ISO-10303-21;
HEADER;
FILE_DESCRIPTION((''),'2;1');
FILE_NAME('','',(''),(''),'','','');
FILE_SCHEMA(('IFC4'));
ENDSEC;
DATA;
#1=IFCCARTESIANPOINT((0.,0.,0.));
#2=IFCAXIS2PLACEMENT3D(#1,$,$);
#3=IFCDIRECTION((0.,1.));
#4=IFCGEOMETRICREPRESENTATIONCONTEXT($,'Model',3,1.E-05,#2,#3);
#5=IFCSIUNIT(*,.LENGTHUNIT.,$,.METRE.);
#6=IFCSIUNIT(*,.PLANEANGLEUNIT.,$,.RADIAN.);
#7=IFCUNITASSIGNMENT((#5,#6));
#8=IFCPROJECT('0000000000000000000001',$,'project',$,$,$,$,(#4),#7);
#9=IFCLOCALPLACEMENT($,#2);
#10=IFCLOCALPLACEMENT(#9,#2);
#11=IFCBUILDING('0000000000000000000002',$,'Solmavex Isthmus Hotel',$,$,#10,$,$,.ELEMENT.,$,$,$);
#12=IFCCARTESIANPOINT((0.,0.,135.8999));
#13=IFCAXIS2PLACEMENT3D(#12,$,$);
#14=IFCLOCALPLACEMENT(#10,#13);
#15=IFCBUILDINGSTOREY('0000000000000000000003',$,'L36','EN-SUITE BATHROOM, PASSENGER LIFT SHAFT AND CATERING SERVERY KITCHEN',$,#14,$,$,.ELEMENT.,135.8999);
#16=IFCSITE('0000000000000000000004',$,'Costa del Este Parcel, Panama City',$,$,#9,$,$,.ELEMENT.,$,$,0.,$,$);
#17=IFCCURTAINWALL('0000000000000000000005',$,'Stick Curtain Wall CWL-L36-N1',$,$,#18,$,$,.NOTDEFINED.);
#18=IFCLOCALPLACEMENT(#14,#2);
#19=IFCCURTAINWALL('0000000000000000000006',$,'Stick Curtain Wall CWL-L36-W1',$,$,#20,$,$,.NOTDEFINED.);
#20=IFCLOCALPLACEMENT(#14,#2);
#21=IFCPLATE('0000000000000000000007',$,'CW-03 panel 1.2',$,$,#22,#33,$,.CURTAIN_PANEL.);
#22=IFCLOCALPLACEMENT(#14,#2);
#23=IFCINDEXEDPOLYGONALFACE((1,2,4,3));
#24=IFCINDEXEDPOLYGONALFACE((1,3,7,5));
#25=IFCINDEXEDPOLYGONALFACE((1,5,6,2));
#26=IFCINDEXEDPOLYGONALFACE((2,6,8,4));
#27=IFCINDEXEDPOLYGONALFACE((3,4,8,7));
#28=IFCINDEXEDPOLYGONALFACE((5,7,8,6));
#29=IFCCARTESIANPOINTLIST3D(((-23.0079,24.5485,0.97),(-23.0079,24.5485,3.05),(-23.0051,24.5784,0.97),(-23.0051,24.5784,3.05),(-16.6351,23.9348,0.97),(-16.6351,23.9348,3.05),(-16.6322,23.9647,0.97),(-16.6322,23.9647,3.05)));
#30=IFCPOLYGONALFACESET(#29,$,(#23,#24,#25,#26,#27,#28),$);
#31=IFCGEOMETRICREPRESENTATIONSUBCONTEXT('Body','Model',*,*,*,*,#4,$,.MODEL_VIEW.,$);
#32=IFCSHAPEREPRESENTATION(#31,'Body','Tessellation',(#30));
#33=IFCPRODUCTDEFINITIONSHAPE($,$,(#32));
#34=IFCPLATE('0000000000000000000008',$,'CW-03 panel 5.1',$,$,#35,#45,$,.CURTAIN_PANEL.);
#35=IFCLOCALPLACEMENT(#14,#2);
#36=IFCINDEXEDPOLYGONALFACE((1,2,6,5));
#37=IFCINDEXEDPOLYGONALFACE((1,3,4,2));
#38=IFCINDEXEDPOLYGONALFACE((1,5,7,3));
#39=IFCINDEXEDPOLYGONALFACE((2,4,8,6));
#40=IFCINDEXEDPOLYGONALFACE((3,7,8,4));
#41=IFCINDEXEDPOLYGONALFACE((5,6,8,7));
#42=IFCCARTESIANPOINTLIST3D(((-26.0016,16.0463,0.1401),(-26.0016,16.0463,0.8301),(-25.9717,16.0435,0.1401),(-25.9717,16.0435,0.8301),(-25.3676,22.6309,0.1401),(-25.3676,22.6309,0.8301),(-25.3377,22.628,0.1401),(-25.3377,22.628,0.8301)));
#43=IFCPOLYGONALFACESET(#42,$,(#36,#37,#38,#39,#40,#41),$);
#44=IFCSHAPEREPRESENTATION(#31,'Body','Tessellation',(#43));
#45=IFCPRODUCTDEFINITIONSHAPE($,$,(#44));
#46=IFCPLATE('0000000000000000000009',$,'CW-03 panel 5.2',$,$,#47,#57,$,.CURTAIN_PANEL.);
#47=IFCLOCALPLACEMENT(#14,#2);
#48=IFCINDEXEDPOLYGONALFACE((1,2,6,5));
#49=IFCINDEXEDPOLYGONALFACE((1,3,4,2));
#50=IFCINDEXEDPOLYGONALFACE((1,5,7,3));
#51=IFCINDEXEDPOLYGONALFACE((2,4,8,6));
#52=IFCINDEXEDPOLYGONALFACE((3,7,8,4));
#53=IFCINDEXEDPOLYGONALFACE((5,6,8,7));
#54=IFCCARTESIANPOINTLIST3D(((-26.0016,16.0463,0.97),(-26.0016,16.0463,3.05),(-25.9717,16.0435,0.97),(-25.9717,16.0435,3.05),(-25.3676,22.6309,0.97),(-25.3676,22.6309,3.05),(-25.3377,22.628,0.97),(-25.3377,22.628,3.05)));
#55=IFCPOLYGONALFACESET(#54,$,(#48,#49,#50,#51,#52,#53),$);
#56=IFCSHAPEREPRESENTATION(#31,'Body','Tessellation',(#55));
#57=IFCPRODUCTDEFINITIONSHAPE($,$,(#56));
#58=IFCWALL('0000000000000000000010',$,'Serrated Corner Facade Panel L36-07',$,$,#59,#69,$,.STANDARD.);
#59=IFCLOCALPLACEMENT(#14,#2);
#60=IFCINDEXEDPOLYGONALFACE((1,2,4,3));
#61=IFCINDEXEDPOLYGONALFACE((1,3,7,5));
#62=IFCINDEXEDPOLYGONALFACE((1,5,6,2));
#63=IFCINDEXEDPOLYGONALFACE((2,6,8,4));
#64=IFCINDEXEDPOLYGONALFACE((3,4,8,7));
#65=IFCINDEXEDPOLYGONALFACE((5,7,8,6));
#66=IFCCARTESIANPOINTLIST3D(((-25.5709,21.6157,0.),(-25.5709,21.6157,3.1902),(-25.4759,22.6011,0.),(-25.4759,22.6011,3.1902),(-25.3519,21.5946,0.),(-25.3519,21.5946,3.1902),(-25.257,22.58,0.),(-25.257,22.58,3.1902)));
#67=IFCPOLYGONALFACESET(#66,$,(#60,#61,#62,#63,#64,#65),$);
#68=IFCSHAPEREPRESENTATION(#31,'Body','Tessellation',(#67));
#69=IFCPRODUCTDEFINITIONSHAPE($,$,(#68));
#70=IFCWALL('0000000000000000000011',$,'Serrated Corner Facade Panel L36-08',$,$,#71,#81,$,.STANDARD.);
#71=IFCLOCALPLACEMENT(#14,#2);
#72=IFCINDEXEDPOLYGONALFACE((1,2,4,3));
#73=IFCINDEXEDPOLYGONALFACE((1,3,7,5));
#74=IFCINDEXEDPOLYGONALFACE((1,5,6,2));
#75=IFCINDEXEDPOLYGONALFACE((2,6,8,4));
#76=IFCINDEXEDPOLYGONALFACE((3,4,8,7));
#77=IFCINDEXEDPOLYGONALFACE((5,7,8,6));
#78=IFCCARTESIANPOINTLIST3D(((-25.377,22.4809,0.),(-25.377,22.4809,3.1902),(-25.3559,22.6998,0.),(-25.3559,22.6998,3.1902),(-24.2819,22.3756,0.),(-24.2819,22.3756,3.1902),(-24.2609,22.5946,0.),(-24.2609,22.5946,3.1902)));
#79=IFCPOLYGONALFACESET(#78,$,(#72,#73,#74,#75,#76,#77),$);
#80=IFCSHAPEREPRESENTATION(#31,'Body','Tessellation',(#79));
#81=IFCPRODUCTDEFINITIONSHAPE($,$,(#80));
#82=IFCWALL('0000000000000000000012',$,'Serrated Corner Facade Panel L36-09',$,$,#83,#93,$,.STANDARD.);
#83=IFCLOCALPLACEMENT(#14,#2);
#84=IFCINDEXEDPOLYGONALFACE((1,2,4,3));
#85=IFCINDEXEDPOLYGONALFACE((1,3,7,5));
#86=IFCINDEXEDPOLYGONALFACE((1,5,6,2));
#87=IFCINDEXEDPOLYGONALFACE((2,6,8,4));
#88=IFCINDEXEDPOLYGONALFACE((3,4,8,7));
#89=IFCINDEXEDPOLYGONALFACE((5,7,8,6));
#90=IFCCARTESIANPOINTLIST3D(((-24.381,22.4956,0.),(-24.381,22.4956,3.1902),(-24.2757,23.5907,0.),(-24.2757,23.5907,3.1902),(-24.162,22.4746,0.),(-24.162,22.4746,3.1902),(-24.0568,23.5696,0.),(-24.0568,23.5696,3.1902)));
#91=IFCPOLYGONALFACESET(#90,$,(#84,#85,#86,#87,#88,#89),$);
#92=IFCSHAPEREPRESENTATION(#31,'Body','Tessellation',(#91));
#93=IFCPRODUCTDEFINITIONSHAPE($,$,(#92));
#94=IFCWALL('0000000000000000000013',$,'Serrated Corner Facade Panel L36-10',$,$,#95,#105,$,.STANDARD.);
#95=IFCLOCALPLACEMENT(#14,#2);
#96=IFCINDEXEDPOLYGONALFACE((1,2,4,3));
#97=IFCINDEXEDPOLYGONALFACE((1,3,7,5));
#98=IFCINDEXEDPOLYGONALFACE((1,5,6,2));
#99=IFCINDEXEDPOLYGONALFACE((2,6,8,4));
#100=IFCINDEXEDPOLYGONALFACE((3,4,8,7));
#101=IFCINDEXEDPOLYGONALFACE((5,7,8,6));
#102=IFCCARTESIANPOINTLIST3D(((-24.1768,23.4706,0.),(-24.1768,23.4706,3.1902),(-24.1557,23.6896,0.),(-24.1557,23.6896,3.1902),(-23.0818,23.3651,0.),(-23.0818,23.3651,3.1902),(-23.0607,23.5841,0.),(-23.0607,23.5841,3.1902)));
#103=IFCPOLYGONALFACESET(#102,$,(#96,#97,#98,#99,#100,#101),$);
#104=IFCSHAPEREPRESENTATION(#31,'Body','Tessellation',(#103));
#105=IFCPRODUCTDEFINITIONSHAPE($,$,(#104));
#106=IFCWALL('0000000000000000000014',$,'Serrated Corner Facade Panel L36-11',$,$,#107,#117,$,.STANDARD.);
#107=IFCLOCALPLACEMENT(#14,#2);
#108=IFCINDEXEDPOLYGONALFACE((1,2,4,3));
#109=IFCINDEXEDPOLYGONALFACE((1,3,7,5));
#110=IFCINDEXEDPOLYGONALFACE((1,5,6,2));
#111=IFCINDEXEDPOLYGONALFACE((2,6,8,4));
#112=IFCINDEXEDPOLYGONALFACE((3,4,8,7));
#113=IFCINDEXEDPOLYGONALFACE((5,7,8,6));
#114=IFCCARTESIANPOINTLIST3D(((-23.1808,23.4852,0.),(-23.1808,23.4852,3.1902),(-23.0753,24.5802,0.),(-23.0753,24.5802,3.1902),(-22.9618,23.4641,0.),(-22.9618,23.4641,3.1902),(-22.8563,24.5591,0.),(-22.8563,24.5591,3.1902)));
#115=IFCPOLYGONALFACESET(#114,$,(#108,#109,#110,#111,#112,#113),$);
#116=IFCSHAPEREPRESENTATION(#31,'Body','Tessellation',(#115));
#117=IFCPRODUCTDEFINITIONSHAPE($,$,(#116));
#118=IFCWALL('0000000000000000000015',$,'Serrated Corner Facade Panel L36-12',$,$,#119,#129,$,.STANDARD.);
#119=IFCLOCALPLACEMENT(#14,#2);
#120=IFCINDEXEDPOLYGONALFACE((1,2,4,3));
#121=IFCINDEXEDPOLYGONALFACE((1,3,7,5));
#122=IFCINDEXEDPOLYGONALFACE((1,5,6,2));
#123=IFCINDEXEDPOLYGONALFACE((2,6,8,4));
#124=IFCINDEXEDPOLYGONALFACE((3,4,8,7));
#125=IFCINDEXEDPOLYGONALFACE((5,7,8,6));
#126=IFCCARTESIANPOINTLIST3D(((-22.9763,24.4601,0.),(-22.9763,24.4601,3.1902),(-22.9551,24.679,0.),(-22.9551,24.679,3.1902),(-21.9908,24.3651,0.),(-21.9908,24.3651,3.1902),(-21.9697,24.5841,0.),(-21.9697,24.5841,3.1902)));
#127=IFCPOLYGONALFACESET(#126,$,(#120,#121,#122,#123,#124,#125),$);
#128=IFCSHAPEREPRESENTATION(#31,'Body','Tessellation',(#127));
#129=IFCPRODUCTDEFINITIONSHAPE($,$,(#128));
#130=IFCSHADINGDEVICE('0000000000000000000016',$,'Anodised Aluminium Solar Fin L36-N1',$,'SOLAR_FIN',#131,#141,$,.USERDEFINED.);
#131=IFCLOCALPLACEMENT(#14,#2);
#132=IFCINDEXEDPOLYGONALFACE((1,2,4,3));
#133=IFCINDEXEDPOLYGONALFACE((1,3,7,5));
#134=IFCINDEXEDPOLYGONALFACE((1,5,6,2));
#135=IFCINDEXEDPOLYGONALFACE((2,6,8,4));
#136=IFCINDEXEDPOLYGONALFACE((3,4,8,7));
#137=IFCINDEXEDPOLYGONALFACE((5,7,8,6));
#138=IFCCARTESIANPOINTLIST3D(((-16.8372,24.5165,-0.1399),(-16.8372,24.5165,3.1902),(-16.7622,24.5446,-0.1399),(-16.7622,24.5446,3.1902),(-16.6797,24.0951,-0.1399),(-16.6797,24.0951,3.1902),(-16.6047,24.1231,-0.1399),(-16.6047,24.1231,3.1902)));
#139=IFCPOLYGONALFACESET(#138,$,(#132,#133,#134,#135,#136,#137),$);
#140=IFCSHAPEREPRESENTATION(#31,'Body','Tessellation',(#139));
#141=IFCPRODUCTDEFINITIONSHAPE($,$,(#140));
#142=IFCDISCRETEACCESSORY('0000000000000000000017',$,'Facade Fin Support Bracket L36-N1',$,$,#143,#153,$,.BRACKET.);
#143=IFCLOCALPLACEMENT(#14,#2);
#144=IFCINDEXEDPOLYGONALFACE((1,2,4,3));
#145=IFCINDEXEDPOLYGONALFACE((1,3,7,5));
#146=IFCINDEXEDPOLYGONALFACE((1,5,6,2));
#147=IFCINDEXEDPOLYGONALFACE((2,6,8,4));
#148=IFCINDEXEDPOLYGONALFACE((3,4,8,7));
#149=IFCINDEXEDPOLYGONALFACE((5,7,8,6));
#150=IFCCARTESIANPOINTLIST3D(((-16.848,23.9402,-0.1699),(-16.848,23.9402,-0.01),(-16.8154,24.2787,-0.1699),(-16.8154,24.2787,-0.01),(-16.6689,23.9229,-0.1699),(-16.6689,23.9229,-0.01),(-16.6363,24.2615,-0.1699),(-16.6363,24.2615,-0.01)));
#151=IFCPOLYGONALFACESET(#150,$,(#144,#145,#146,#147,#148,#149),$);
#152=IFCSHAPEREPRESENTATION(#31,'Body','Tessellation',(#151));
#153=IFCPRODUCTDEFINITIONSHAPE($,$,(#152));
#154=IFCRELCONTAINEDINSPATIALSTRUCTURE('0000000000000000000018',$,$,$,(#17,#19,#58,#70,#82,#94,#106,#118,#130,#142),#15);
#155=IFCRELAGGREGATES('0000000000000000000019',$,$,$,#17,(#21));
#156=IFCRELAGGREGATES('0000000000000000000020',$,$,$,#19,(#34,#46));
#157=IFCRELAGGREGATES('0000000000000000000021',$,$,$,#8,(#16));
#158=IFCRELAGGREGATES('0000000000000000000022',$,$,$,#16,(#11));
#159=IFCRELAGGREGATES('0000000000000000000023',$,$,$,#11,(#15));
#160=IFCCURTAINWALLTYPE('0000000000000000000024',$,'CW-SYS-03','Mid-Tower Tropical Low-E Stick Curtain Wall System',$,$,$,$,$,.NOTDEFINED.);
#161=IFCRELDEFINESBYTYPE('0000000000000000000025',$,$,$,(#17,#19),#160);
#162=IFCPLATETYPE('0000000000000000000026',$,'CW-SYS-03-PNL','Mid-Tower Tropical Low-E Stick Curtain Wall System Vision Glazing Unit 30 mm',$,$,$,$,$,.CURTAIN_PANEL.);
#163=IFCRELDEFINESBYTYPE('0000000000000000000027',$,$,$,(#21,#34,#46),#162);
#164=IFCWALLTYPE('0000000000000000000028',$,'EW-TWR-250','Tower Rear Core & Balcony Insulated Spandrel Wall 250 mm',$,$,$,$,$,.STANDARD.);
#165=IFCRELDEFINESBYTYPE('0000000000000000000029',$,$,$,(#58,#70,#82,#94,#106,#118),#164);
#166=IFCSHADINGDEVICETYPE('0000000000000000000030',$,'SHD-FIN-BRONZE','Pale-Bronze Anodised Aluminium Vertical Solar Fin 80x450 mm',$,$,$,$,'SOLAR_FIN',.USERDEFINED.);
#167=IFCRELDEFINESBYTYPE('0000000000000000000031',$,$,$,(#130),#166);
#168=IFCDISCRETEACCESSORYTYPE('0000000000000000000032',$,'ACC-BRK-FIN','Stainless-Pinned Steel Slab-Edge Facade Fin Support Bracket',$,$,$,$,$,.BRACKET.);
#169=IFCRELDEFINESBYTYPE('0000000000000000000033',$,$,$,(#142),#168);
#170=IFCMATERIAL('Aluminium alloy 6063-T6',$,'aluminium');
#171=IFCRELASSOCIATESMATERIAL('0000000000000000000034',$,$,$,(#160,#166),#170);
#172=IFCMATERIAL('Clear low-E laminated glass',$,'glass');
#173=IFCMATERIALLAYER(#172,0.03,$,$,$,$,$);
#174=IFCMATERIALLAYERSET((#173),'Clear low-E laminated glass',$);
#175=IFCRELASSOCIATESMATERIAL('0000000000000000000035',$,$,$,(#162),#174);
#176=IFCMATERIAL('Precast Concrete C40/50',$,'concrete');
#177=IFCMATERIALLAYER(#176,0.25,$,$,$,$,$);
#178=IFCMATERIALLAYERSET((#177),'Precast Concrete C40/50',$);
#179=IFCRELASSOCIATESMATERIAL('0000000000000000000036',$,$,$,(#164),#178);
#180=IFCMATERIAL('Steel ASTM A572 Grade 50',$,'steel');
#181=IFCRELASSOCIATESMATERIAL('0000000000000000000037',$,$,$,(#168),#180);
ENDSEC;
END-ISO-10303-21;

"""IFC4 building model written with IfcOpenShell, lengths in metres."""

from ifc_helpers import new_model, si_unit, direction, frame, frame_2d, origin, origin_2d, place, context, subcontext, project, spatial, rectangle, extrude, material, layer, layer_set, type_object, element, aggregate, save


model = new_model("IFC4")

# Units and contexts
model_context = context("Model", 3, precision=1e-05, world=origin(), true_north=direction((0.0, 1.0)))
body_context = subcontext(model_context, "Body", "Model", "MODEL_VIEW")
ifc_project = project(units=[si_unit("LENGTHUNIT", "METRE"), si_unit("PLANEANGLEUNIT", "RADIAN")], contexts=[model_context])

# Site, building, storey
site_placement = place(None, origin())
site = spatial("IfcSite", under=ifc_project, at=site_placement, Name="Costa del Este Parcel, Panama City", CompositionType="ELEMENT", RefElevation=0.0)
building_placement = place(site_placement, origin())
building = spatial("IfcBuilding", under=site, at=building_placement, Name="Solmavex Isthmus Hotel", CompositionType="ELEMENT")
storey_placement = place(building_placement, frame((0.0, 0.0, 135.8999)))
storey = spatial("IfcBuildingStorey", under=building, at=storey_placement, Name="L36", Description="EN-SUITE BATHROOM, PASSENGER LIFT SHAFT AND CATERING SERVERY KITCHEN", CompositionType="ELEMENT", Elevation=135.8999)

# Shared definitions
ifc_material_1 = material(Name="Steel ASTM A572 Grade 50", Category="steel")

# Curtain walls
ifc_material_2 = material(Name="Aluminium alloy 6063-T6", Category="aluminium")
curtain_wall_type = type_object("IfcCurtainWallType", Name="CW-SYS-03", Description="Mid-Tower Tropical Low-E Stick Curtain Wall System", PredefinedType="NOTDEFINED", material=ifc_material_2)
curtain_wall_1_placement = place(storey_placement, origin())
curtain_wall_1 = element("IfcCurtainWall", 1, at=curtain_wall_1_placement, inside=storey, type_object=curtain_wall_type, Name="Stick Curtain Wall CWL-L36-N1", PredefinedType="NOTDEFINED")
curtain_wall_2_placement = place(storey_placement, origin())
curtain_wall_2 = element("IfcCurtainWall", 2, at=curtain_wall_2_placement, inside=storey, type_object=curtain_wall_type, Name="Stick Curtain Wall CWL-L36-W1", PredefinedType="NOTDEFINED")

# Plates
ifc_material_3 = material(Name="Clear low-E laminated glass", Category="glass")
ifc_layer_1 = layer(ifc_material_3, 0.03)
ifc_layer_set_1 = layer_set([ifc_layer_1], Name="Clear low-E laminated glass")
plate_type = type_object("IfcPlateType", Name="CW-SYS-03-PNL", Description="Mid-Tower Tropical Low-E Stick Curtain Wall System Vision Glazing Unit 30 mm", PredefinedType="CURTAIN_PANEL", material=ifc_layer_set_1)
plate_1_placement = place(storey_placement, frame((-19.8201, 24.2566, 0.97), z_axis=(0.0, 0.0, 1.0), x_axis=(0.995396, -0.095846, 0.0)))
plate_1 = element("IfcPlate", 3, at=plate_1_placement, type_object=plate_type, Name="CW-03 panel 1.2", PredefinedType="CURTAIN_PANEL", context=body_context, shape_type="SweptSolid", body=[
    extrude(rectangle(XDim=6.4023, YDim=0.03, at=origin_2d()), origin(), (0.0, 0.0, 1.0), 2.0801),
])
aggregate(curtain_wall_1, [plate_1])
plate_2_placement = place(storey_placement, frame((-25.6697, 19.3372, 0.1401), z_axis=(0.0, 0.0, 1.0), x_axis=(0.095846, 0.995396, 0.0)))
plate_2 = element("IfcPlate", 4, at=plate_2_placement, type_object=plate_type, Name="CW-03 panel 5.1", PredefinedType="CURTAIN_PANEL", context=body_context, shape_type="SweptSolid", body=[
    extrude(rectangle(XDim=6.615, YDim=0.03, at=origin_2d()), origin(), (0.0, 0.0, 1.0), 0.6899),
])
plate_3_placement = place(storey_placement, frame((-25.6697, 19.3372, 0.97), z_axis=(0.0, 0.0, 1.0), x_axis=(0.095846, 0.995396, 0.0)))
plate_3 = element("IfcPlate", 5, at=plate_3_placement, type_object=plate_type, Name="CW-03 panel 5.2", PredefinedType="CURTAIN_PANEL", context=body_context, shape_type="SweptSolid", body=[
    extrude(rectangle(XDim=6.615, YDim=0.03, at=origin_2d()), origin(), (0.0, 0.0, 1.0), 2.0801),
])
aggregate(curtain_wall_2, [plate_2, plate_3])

# Walls
ifc_material_4 = material(Name="Precast Concrete C40/50", Category="concrete")
ifc_layer_2 = layer(ifc_material_4, 0.25)
ifc_layer_set_2 = layer_set([ifc_layer_2], Name="Precast Concrete C40/50")
wall_type = type_object("IfcWallType", Name="EW-TWR-250", Description="Tower Rear Core & Balcony Insulated Spandrel Wall 250 mm", PredefinedType="STANDARD", material=ifc_layer_set_2)
wall_1_placement = place(storey_placement, frame((-25.4614, 21.605, 0.0), z_axis=(0.0, 0.0, 1.0), x_axis=(0.095938, 0.995387, 0.0)))
element("IfcWall", 6, at=wall_1_placement, inside=storey, type_object=wall_type, Name="Serrated Corner Facade Panel L36-07", PredefinedType="STANDARD", context=body_context, shape_type="SweptSolid", body=[
    extrude(rectangle(XDim=0.99, YDim=0.22, at=frame_2d((0.4951, 0.0))), origin(), (0.0, 0.0, 1.0), 3.1902),
])
for number, where, z_axis, x_axis, name in (
    (7, (-25.3665, 22.5903, 0.0), (0.0, 0.0, 1.0), (0.995414, -0.095657, 0.0), "Serrated Corner Facade Panel L36-08"),
    (8, (-24.2715, 22.4851, 0.0), (0.0, 0.0, 1.0), (0.095657, 0.995414, 0.0), "Serrated Corner Facade Panel L36-09"),
    (9, (-24.1663, 23.5801, 0.0), (0.0, 0.0, 1.0), (0.995393, -0.095877, 0.0), "Serrated Corner Facade Panel L36-10"),
    (10, (-23.0713, 23.4746, 0.0), (0.0, 0.0, 1.0), (0.095877, 0.995393, 0.0), "Serrated Corner Facade Panel L36-11"),
):
    element("IfcWall", number, at=place(storey_placement, frame(where, z_axis=z_axis, x_axis=x_axis)), inside=storey, type_object=wall_type, Name=name, PredefinedType="STANDARD", context=body_context, shape_type="SweptSolid", body=[
        extrude(rectangle(XDim=1.1001, YDim=0.22, at=frame_2d((0.55, 0.0))), origin(), (0.0, 0.0, 1.0), 3.1902),
    ])
wall_2_placement = place(storey_placement, frame((-22.9658, 24.5696, 0.0), z_axis=(0.0, 0.0, 1.0), x_axis=(0.995387, -0.095938, 0.0)))
element("IfcWall", 11, at=wall_2_placement, inside=storey, type_object=wall_type, Name="Serrated Corner Facade Panel L36-12", PredefinedType="STANDARD", context=body_context, shape_type="SweptSolid", body=[
    extrude(rectangle(XDim=0.99, YDim=0.22, at=frame_2d((0.4951, 0.0))), origin(), (0.0, 0.0, 1.0), 3.1902),
])

# Shading device
shading_device_type = type_object("IfcShadingDeviceType", Name="SHD-FIN-BRONZE", Description="Pale-Bronze Anodised Aluminium Vertical Solar Fin 80x450 mm", ElementType="SOLAR_FIN", PredefinedType="USERDEFINED", material=ifc_material_2)
shading_device_placement = place(storey_placement, frame((-16.7209, 24.3198, -0.1399), z_axis=(0.0, 0.0, 1.0), x_axis=(-0.350207, 0.936672, 0.0)))
element("IfcShadingDevice", 12, at=shading_device_placement, inside=storey, type_object=shading_device_type, Name="Anodised Aluminium Solar Fin L36-N1", ObjectType="SOLAR_FIN", PredefinedType="USERDEFINED", context=body_context, shape_type="SweptSolid", body=[
    extrude(rectangle(XDim=0.45, YDim=0.0801, at=origin_2d()), origin(), (0.0, 0.0, 1.0), 3.3301),
])

# Discrete accessory
discrete_accessory_type = type_object("IfcDiscreteAccessoryType", Name="ACC-BRK-FIN", Description="Stainless-Pinned Steel Slab-Edge Facade Fin Support Bracket", PredefinedType="BRACKET", material=ifc_material_1)
discrete_accessory_placement = place(storey_placement, frame((-16.7422, 24.1008, -0.1699), z_axis=(0.0, 0.0, 1.0), x_axis=(0.095846, 0.995396, 0.0)))
element("IfcDiscreteAccessory", 13, at=discrete_accessory_placement, inside=storey, type_object=discrete_accessory_type, Name="Facade Fin Support Bracket L36-N1", PredefinedType="BRACKET", context=body_context, shape_type="SweptSolid", body=[
    extrude(rectangle(XDim=0.3401, YDim=0.1799, at=origin_2d()), origin(), (0.0, 0.0, 1.0), 0.1599),
])

save(model, "model.ifc")
